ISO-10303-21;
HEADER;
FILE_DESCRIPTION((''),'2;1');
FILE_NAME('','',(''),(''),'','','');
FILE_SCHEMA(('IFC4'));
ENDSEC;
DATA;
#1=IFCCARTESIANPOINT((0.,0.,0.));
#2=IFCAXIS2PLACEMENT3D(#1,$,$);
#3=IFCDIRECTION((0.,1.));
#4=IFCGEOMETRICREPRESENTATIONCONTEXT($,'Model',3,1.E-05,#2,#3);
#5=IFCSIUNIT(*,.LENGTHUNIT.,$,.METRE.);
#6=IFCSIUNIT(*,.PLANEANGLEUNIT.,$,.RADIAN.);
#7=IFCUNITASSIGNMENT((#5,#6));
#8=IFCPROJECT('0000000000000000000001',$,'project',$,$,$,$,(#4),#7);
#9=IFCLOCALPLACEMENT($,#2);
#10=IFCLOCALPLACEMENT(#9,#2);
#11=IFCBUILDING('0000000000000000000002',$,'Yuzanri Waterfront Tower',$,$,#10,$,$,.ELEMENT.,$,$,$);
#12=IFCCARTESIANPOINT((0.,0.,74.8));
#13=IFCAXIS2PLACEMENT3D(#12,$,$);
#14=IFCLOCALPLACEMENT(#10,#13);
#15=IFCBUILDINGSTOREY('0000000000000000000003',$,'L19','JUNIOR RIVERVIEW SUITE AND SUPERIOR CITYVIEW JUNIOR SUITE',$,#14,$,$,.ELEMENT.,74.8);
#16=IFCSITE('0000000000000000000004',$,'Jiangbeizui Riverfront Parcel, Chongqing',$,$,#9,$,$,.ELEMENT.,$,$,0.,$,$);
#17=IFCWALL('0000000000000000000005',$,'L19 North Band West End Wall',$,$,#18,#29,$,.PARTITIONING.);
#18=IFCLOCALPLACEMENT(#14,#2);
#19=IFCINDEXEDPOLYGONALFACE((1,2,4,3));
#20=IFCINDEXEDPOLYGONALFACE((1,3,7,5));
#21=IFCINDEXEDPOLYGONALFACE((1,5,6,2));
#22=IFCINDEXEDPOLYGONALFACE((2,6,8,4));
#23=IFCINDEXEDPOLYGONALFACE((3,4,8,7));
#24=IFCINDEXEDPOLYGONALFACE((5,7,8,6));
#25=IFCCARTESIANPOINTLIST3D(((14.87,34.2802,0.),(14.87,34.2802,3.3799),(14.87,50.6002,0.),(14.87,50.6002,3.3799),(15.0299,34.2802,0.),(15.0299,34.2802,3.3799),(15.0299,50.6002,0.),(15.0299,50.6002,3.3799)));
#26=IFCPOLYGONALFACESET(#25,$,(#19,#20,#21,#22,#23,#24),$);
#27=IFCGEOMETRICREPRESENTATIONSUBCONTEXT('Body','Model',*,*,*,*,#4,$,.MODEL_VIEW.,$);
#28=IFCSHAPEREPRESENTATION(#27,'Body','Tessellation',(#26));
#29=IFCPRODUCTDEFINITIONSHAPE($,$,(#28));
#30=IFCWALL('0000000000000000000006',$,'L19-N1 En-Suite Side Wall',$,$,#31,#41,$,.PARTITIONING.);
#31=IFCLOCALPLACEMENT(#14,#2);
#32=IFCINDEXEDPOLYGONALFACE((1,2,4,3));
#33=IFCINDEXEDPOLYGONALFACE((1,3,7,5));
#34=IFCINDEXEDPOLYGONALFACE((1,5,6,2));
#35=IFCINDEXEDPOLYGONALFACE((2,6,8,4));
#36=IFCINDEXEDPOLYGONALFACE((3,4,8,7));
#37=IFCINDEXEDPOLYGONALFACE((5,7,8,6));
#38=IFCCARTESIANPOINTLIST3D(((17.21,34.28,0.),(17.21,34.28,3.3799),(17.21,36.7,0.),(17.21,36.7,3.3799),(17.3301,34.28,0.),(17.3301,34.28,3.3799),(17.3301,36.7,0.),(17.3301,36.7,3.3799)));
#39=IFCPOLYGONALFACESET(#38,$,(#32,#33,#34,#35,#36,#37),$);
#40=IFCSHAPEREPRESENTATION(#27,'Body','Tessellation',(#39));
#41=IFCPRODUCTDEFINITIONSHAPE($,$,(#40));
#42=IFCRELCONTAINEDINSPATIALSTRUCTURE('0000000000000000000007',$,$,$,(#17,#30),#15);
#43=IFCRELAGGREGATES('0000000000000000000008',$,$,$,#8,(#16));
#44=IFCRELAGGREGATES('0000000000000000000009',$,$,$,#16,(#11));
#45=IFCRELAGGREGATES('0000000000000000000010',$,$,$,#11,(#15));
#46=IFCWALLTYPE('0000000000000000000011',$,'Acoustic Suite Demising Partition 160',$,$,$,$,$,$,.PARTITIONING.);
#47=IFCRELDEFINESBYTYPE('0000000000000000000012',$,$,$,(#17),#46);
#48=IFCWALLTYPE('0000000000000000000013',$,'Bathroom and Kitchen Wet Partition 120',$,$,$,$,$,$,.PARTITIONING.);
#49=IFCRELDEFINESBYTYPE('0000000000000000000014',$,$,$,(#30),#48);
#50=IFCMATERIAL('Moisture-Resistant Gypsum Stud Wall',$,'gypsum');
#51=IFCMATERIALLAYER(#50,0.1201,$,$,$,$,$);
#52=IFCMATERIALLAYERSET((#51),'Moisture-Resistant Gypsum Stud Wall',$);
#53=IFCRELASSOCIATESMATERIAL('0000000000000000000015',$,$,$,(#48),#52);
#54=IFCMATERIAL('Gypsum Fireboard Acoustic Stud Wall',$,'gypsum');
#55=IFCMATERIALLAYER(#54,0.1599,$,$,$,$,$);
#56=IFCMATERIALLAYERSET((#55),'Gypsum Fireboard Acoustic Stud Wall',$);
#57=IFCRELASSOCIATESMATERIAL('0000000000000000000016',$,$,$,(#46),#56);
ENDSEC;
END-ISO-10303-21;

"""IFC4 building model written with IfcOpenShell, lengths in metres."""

from ifc_helpers import new_model, si_unit, direction, frame, frame_2d, origin, place, context, subcontext, project, spatial, rectangle, extrude, source, transform, mapped, material, layer, layer_set, type_object, element, save


model = new_model("IFC4")

# Units and contexts
model_context = context("Model", 3, precision=1e-05, world=origin(), true_north=direction((0.0, 1.0)))
body_context = subcontext(model_context, "Body", "Model", "MODEL_VIEW")
ifc_project = project(units=[si_unit("LENGTHUNIT", "METRE"), si_unit("PLANEANGLEUNIT", "RADIAN")], contexts=[model_context])

# Site, building, storey
site_placement = place(None, origin())
site = spatial("IfcSite", under=ifc_project, at=site_placement, Name="Jiangbeizui Riverfront Parcel, Chongqing", CompositionType="ELEMENT", RefElevation=0.0)
building_placement = place(site_placement, origin())
building = spatial("IfcBuilding", under=site, at=building_placement, Name="Yuzanri Waterfront Tower", CompositionType="ELEMENT")
storey_placement = place(building_placement, frame((0.0, 0.0, 74.8)))
storey = spatial("IfcBuildingStorey", under=building, at=storey_placement, Name="L19", Description="JUNIOR RIVERVIEW SUITE AND SUPERIOR CITYVIEW JUNIOR SUITE", CompositionType="ELEMENT", Elevation=74.8)

# Shared definitions
ifc_material_1 = material(Name="Moisture-Resistant Gypsum Stud Wall", Category="gypsum")
ifc_layer_1 = layer(ifc_material_1, 0.1201)
ifc_layer_set_1 = layer_set([ifc_layer_1], Name="Moisture-Resistant Gypsum Stud Wall")
wall_type_1 = type_object("IfcWallType", Name="Bathroom and Kitchen Wet Partition 120", PredefinedType="PARTITIONING", material=ifc_layer_set_1)

# Walls
ifc_material_2 = material(Name="Gypsum Fireboard Acoustic Stud Wall", Category="gypsum")
ifc_layer_2 = layer(ifc_material_2, 0.1599)
ifc_layer_set_2 = layer_set([ifc_layer_2], Name="Gypsum Fireboard Acoustic Stud Wall")
wall_type_2 = type_object("IfcWallType", Name="Acoustic Suite Demising Partition 160", PredefinedType="PARTITIONING", material=ifc_layer_set_2)
shared_shape_1 = source(origin(), body_context, "Body", "SweptSolid", [
    extrude(rectangle(XDim=16.3201, YDim=0.1599, at=frame_2d((8.1602, 0.0))), origin(), (0.0, 0.0, 1.0), 3.3799),
])
wall_1_placement = place(storey_placement, frame((14.95, 34.28, 0.0), z_axis=(0.0, 0.0, 1.0), x_axis=(0.0, 1.0, 0.0)))
element("IfcWall", 1, at=wall_1_placement, inside=storey, type_object=wall_type_2, Name="L19 North Band West End Wall", PredefinedType="PARTITIONING", context=body_context, shape_type="MappedRepresentation", body=[
    mapped(shared_shape_1, transform((0.0, 0.0, 0.0), scale=1.0)),
])
shared_shape_2 = source(origin(), body_context, "Body", "SweptSolid", [
    extrude(rectangle(XDim=2.4199, YDim=0.1201, at=frame_2d((1.21, 0.0))), origin(), (0.0, 0.0, 1.0), 3.3799),
])
wall_2_placement = place(storey_placement, frame((17.27, 34.28, 0.0), z_axis=(0.0, 0.0, 1.0), x_axis=(0.0, 1.0, 0.0)))
element("IfcWall", 2, at=wall_2_placement, inside=storey, type_object=wall_type_1, Name="L19-N1 En-Suite Side Wall", PredefinedType="PARTITIONING", context=body_context, shape_type="MappedRepresentation", body=[
    mapped(shared_shape_2, transform((0.0, 0.0, 0.0), scale=1.0)),
])

save(model, "model.ifc")
